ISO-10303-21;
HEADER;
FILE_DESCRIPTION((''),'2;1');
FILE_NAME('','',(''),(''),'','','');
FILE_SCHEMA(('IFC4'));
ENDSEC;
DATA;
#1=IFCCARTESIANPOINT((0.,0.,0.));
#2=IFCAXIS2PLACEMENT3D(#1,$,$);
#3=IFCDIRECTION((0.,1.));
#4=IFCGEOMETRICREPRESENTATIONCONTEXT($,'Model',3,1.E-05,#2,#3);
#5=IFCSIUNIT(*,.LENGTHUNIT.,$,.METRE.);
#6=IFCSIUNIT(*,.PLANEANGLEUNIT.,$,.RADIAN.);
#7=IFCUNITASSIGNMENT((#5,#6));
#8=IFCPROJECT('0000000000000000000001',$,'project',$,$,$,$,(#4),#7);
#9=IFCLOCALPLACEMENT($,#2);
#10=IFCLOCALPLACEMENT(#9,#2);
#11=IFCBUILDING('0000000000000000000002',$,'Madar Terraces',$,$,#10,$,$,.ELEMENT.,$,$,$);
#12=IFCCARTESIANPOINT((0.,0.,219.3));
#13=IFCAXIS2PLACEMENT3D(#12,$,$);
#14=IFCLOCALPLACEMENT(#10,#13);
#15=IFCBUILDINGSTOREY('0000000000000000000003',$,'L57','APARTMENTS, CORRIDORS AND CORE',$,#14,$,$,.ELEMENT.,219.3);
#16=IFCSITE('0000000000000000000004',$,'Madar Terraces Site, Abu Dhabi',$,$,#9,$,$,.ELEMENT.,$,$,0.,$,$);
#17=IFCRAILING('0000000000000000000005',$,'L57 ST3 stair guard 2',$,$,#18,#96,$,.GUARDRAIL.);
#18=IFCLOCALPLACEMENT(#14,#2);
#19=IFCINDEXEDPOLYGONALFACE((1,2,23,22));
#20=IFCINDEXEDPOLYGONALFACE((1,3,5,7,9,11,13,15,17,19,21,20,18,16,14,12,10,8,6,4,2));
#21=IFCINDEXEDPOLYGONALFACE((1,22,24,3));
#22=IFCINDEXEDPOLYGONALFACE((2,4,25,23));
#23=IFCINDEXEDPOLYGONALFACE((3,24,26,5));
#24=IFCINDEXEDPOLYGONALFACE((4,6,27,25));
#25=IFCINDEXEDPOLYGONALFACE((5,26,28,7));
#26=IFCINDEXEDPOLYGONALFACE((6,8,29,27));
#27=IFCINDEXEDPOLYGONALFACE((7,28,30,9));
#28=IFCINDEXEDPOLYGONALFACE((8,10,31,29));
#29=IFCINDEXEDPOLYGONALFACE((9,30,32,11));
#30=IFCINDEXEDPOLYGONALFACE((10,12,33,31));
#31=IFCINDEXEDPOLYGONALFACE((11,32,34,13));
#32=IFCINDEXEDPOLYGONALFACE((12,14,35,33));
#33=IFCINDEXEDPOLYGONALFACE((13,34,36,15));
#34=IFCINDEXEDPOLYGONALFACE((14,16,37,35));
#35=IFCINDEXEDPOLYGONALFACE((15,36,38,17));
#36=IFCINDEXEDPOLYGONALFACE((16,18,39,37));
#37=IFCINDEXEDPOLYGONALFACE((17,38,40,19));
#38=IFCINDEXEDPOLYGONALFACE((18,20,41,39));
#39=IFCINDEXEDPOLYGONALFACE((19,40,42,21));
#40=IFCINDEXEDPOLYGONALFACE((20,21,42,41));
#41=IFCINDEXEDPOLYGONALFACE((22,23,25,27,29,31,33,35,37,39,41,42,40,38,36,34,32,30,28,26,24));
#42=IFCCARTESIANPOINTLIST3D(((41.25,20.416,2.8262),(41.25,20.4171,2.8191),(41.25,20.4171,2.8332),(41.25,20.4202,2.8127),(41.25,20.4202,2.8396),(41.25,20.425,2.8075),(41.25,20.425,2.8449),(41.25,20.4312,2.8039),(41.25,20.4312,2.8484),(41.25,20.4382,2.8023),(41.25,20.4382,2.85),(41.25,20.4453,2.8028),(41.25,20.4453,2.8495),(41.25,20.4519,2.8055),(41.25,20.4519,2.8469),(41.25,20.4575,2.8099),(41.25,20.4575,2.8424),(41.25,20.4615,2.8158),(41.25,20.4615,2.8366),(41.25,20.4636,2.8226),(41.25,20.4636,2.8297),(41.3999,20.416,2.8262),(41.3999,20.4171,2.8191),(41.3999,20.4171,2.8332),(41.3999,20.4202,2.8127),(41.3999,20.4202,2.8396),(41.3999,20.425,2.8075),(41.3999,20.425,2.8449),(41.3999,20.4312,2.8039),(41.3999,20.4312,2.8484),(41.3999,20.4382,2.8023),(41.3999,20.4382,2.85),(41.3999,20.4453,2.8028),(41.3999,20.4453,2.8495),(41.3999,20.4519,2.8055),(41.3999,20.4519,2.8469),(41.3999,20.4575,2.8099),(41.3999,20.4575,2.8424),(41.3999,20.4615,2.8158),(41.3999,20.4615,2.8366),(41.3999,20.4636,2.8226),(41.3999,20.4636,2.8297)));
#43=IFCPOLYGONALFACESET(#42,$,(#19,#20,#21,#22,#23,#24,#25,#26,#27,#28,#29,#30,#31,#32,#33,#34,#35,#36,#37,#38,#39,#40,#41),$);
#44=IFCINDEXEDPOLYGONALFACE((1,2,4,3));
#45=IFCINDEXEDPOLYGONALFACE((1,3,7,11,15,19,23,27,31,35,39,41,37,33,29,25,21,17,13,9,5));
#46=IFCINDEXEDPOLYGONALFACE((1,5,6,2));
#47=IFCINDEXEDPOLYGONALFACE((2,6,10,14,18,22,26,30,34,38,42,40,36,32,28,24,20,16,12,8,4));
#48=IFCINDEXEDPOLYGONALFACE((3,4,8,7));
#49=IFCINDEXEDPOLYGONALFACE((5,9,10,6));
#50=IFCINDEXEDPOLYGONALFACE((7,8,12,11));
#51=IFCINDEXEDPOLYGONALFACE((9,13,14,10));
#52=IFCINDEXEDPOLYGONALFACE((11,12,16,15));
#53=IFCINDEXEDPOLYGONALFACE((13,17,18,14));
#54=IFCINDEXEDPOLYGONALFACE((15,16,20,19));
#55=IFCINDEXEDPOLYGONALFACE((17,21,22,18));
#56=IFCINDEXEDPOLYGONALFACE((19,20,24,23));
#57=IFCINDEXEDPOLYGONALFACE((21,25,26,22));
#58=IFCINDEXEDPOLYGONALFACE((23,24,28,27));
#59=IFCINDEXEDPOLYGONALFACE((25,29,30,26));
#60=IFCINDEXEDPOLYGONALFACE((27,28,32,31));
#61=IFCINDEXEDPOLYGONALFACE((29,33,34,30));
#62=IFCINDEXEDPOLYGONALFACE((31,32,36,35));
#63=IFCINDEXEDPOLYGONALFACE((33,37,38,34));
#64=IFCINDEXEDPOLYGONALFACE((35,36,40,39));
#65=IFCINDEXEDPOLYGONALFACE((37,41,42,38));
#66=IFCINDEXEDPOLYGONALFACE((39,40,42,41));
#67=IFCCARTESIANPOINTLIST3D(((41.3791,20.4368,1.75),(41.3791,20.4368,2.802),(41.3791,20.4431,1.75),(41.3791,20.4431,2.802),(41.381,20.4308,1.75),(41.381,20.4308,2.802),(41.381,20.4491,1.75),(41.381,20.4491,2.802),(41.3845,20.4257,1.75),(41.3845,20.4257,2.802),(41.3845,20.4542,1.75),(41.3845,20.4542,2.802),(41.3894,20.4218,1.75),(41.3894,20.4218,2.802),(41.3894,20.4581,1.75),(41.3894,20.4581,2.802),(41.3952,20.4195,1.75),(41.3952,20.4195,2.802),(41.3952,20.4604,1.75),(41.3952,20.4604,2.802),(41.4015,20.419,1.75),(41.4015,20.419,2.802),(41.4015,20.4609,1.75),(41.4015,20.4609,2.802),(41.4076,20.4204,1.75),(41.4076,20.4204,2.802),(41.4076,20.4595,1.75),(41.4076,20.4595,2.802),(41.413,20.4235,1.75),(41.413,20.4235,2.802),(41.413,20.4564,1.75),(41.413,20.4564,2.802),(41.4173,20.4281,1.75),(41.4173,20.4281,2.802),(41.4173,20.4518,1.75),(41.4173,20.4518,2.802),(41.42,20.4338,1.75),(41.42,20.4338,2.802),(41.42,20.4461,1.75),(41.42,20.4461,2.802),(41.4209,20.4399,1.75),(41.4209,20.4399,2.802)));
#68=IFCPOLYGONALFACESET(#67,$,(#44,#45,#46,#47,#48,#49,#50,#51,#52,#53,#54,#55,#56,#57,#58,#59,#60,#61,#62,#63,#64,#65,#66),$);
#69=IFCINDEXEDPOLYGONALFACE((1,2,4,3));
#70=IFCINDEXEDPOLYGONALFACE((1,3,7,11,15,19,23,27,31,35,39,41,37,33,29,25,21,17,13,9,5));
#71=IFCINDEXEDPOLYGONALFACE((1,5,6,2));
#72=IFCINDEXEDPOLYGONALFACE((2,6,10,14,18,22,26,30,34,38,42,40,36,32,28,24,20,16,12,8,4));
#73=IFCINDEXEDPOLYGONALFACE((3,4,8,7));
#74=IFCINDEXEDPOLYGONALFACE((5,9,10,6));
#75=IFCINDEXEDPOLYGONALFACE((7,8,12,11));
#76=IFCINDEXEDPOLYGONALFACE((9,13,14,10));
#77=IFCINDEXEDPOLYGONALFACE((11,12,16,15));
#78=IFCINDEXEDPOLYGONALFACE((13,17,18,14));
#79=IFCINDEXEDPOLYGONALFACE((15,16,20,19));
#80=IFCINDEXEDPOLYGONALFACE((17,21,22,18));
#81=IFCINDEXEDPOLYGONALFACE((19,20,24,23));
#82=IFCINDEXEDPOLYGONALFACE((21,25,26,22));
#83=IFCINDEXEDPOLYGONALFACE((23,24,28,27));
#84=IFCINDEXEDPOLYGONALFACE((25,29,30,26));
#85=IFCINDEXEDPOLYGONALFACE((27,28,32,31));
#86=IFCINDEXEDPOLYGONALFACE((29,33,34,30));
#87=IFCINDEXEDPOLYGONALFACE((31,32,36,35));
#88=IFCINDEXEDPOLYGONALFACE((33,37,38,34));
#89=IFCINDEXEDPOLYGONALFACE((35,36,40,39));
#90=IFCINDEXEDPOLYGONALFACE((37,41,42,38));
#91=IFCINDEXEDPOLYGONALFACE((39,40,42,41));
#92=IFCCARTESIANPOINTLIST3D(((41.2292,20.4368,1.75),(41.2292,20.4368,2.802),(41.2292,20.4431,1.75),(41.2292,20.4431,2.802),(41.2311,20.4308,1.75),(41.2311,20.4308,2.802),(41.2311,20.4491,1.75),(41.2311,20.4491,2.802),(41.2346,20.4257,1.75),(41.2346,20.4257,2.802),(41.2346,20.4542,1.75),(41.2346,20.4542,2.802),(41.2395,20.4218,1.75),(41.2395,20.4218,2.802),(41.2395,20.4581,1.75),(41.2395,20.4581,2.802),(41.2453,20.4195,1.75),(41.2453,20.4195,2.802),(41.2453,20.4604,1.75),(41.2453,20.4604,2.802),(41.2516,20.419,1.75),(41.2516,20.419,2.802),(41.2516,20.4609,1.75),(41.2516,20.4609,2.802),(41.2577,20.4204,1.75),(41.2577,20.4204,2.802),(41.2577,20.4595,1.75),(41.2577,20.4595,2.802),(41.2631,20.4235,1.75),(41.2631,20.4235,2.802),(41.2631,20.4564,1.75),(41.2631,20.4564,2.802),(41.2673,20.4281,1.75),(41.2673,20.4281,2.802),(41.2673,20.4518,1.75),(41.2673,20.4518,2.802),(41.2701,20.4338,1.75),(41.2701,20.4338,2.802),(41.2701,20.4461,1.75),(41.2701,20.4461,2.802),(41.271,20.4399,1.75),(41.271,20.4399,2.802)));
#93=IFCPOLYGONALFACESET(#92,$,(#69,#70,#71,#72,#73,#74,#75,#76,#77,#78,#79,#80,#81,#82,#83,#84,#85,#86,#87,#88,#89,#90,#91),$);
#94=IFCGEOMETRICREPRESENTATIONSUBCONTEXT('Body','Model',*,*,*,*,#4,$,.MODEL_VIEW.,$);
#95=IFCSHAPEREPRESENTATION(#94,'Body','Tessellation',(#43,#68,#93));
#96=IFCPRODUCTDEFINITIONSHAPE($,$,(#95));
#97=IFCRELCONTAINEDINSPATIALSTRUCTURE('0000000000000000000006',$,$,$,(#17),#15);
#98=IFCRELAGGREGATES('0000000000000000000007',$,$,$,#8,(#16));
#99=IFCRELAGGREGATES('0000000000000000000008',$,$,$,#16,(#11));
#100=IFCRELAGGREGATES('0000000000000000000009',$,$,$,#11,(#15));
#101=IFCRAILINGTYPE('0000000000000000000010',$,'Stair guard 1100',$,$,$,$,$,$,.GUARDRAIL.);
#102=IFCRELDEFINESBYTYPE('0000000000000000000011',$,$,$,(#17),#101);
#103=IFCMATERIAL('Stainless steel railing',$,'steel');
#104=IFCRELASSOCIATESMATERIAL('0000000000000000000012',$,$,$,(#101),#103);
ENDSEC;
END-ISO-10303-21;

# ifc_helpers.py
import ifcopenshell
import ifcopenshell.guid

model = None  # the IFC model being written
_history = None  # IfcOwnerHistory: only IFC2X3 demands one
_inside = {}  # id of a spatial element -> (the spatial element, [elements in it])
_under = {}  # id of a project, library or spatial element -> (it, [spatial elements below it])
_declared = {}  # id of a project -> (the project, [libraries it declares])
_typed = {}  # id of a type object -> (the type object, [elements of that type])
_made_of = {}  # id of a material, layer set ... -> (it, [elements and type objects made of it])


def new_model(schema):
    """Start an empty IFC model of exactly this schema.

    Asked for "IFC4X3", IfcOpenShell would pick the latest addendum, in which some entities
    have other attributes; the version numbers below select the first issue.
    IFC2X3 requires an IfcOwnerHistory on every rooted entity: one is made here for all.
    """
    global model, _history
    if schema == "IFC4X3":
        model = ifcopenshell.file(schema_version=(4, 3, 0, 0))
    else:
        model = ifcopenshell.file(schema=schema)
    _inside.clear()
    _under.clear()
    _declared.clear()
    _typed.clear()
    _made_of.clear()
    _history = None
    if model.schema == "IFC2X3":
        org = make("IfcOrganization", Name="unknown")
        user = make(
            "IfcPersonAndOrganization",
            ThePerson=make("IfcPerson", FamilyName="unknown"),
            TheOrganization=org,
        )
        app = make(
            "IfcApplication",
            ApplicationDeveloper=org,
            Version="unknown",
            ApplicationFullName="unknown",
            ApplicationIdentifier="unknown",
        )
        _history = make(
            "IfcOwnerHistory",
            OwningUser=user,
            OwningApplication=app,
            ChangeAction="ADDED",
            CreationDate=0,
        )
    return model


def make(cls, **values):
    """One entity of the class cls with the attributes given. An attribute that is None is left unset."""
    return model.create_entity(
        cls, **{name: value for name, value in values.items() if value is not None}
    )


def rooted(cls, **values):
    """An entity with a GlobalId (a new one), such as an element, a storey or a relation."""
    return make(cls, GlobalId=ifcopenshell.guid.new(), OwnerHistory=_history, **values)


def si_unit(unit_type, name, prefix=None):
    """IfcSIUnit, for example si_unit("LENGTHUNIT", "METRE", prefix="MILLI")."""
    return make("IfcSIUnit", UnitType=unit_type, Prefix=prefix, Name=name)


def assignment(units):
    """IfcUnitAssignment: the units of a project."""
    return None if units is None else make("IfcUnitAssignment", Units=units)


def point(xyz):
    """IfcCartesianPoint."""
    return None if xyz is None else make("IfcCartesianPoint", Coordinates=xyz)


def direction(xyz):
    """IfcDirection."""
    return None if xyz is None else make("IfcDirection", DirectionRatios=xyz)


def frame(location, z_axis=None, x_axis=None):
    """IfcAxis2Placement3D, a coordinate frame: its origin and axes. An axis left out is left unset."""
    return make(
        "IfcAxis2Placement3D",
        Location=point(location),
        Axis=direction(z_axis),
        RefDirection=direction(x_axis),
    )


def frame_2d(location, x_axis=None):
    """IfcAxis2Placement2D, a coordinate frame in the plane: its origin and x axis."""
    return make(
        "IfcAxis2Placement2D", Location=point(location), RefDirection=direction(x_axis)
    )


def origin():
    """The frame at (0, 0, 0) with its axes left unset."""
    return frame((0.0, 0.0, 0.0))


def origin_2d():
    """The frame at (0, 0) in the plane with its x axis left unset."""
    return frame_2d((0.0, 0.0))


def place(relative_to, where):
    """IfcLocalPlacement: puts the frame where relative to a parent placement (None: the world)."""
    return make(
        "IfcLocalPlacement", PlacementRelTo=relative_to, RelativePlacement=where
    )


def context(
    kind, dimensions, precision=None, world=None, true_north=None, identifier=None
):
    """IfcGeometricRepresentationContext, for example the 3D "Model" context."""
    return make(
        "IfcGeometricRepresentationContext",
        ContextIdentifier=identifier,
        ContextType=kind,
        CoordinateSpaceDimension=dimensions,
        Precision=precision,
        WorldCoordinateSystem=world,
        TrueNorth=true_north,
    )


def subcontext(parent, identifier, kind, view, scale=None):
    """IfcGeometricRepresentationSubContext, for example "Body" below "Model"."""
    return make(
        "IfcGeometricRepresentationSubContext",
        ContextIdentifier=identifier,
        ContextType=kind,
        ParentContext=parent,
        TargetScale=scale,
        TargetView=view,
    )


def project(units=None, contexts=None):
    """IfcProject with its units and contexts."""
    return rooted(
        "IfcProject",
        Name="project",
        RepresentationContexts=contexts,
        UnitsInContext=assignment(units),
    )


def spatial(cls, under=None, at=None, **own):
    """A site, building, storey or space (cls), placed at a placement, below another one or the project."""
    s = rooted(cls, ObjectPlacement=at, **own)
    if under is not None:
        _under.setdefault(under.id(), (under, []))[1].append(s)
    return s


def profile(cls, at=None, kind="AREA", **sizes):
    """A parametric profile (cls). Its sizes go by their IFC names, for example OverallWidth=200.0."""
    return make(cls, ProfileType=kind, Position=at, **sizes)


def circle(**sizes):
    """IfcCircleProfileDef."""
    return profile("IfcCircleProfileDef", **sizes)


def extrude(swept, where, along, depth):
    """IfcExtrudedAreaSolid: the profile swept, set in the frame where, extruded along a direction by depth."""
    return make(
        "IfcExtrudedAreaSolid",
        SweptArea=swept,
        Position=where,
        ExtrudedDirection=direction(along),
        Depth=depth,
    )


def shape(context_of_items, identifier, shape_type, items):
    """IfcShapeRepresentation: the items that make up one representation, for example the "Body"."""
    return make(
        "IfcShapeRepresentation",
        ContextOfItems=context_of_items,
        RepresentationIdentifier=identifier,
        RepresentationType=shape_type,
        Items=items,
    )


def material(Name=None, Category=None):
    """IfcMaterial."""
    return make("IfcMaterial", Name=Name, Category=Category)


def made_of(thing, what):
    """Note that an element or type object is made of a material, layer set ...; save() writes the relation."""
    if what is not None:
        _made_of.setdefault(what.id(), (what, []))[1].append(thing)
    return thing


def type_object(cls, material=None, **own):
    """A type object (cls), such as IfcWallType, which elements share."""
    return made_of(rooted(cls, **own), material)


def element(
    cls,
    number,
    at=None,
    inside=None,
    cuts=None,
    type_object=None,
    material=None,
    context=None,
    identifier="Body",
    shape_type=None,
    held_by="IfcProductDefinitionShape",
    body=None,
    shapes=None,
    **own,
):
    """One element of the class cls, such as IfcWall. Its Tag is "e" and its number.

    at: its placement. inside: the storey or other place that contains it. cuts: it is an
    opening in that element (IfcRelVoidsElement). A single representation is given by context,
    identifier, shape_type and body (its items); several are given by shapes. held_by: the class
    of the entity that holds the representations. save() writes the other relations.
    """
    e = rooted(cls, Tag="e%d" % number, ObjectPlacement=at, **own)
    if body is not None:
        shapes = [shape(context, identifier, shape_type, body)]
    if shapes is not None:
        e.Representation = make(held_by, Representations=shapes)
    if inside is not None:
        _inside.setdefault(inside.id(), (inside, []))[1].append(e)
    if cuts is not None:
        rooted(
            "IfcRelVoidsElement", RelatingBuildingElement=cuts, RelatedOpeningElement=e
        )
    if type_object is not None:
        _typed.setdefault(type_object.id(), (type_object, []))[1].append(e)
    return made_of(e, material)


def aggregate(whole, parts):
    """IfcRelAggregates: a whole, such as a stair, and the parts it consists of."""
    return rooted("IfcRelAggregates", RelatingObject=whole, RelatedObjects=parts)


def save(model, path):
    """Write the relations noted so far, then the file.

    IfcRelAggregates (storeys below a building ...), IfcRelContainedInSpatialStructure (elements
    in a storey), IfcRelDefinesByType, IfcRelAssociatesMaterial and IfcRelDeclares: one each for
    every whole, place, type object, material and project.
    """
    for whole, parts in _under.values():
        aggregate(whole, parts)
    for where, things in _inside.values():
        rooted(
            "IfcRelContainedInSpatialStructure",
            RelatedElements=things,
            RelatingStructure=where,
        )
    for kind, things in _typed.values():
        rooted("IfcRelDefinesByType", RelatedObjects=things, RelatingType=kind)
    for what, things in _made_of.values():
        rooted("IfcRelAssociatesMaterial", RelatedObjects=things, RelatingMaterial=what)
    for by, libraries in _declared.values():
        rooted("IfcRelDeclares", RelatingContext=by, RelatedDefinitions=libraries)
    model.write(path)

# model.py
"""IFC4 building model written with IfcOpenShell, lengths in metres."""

from ifc_helpers import new_model, si_unit, direction, frame, origin, origin_2d, place, context, subcontext, project, spatial, circle, extrude, material, type_object, element, save


model = new_model("IFC4")

# Units and contexts
model_context = context("Model", 3, precision=1e-05, world=origin(), true_north=direction((0.0, 1.0)))
body_context = subcontext(model_context, "Body", "Model", "MODEL_VIEW")
ifc_project = project(units=[si_unit("LENGTHUNIT", "METRE"), si_unit("PLANEANGLEUNIT", "RADIAN")], contexts=[model_context])

# Site, building, storey
site_placement = place(None, origin())
site = spatial("IfcSite", under=ifc_project, at=site_placement, Name="Madar Terraces Site, Abu Dhabi", CompositionType="ELEMENT", RefElevation=0.0)
building_placement = place(site_placement, origin())
building = spatial("IfcBuilding", under=site, at=building_placement, Name="Madar Terraces", CompositionType="ELEMENT")
storey_placement = place(building_placement, frame((0.0, 0.0, 219.3)))
storey = spatial("IfcBuildingStorey", under=building, at=storey_placement, Name="L57", Description="APARTMENTS, CORRIDORS AND CORE", CompositionType="ELEMENT", Elevation=219.3)

# Railing
ifc_material_1 = material(Name="Stainless steel railing", Category="steel")
railing_type_1 = type_object("IfcRailingType", Name="Stair guard 1100", PredefinedType="GUARDRAIL", material=ifc_material_1)
railing_1_placement = place(storey_placement, frame((41.3999, 20.4399, 1.75)))
element("IfcRailing", 1, at=railing_1_placement, inside=storey, type_object=railing_type_1, Name="L57 ST3 stair guard 2", PredefinedType="GUARDRAIL", context=body_context, shape_type="SweptSolid", body=[
    extrude(circle(Radius=0.0239, at=origin_2d()), frame((0.0, 0.0, 1.0762), z_axis=(-1.0, 0.0, 0.0), x_axis=(0.0, -1.0, 0.0)), (0.0, 0.0, 1.0), 0.1499),
    extrude(circle(Radius=0.021, at=origin_2d()), origin(), (0.0, 0.0, 1.0), 1.052),
    extrude(circle(Radius=0.021, at=origin_2d()), frame((-0.1499, 0.0, 0.0)), (0.0, 0.0, 1.0), 1.052),
])

save(model, "model.ifc")
